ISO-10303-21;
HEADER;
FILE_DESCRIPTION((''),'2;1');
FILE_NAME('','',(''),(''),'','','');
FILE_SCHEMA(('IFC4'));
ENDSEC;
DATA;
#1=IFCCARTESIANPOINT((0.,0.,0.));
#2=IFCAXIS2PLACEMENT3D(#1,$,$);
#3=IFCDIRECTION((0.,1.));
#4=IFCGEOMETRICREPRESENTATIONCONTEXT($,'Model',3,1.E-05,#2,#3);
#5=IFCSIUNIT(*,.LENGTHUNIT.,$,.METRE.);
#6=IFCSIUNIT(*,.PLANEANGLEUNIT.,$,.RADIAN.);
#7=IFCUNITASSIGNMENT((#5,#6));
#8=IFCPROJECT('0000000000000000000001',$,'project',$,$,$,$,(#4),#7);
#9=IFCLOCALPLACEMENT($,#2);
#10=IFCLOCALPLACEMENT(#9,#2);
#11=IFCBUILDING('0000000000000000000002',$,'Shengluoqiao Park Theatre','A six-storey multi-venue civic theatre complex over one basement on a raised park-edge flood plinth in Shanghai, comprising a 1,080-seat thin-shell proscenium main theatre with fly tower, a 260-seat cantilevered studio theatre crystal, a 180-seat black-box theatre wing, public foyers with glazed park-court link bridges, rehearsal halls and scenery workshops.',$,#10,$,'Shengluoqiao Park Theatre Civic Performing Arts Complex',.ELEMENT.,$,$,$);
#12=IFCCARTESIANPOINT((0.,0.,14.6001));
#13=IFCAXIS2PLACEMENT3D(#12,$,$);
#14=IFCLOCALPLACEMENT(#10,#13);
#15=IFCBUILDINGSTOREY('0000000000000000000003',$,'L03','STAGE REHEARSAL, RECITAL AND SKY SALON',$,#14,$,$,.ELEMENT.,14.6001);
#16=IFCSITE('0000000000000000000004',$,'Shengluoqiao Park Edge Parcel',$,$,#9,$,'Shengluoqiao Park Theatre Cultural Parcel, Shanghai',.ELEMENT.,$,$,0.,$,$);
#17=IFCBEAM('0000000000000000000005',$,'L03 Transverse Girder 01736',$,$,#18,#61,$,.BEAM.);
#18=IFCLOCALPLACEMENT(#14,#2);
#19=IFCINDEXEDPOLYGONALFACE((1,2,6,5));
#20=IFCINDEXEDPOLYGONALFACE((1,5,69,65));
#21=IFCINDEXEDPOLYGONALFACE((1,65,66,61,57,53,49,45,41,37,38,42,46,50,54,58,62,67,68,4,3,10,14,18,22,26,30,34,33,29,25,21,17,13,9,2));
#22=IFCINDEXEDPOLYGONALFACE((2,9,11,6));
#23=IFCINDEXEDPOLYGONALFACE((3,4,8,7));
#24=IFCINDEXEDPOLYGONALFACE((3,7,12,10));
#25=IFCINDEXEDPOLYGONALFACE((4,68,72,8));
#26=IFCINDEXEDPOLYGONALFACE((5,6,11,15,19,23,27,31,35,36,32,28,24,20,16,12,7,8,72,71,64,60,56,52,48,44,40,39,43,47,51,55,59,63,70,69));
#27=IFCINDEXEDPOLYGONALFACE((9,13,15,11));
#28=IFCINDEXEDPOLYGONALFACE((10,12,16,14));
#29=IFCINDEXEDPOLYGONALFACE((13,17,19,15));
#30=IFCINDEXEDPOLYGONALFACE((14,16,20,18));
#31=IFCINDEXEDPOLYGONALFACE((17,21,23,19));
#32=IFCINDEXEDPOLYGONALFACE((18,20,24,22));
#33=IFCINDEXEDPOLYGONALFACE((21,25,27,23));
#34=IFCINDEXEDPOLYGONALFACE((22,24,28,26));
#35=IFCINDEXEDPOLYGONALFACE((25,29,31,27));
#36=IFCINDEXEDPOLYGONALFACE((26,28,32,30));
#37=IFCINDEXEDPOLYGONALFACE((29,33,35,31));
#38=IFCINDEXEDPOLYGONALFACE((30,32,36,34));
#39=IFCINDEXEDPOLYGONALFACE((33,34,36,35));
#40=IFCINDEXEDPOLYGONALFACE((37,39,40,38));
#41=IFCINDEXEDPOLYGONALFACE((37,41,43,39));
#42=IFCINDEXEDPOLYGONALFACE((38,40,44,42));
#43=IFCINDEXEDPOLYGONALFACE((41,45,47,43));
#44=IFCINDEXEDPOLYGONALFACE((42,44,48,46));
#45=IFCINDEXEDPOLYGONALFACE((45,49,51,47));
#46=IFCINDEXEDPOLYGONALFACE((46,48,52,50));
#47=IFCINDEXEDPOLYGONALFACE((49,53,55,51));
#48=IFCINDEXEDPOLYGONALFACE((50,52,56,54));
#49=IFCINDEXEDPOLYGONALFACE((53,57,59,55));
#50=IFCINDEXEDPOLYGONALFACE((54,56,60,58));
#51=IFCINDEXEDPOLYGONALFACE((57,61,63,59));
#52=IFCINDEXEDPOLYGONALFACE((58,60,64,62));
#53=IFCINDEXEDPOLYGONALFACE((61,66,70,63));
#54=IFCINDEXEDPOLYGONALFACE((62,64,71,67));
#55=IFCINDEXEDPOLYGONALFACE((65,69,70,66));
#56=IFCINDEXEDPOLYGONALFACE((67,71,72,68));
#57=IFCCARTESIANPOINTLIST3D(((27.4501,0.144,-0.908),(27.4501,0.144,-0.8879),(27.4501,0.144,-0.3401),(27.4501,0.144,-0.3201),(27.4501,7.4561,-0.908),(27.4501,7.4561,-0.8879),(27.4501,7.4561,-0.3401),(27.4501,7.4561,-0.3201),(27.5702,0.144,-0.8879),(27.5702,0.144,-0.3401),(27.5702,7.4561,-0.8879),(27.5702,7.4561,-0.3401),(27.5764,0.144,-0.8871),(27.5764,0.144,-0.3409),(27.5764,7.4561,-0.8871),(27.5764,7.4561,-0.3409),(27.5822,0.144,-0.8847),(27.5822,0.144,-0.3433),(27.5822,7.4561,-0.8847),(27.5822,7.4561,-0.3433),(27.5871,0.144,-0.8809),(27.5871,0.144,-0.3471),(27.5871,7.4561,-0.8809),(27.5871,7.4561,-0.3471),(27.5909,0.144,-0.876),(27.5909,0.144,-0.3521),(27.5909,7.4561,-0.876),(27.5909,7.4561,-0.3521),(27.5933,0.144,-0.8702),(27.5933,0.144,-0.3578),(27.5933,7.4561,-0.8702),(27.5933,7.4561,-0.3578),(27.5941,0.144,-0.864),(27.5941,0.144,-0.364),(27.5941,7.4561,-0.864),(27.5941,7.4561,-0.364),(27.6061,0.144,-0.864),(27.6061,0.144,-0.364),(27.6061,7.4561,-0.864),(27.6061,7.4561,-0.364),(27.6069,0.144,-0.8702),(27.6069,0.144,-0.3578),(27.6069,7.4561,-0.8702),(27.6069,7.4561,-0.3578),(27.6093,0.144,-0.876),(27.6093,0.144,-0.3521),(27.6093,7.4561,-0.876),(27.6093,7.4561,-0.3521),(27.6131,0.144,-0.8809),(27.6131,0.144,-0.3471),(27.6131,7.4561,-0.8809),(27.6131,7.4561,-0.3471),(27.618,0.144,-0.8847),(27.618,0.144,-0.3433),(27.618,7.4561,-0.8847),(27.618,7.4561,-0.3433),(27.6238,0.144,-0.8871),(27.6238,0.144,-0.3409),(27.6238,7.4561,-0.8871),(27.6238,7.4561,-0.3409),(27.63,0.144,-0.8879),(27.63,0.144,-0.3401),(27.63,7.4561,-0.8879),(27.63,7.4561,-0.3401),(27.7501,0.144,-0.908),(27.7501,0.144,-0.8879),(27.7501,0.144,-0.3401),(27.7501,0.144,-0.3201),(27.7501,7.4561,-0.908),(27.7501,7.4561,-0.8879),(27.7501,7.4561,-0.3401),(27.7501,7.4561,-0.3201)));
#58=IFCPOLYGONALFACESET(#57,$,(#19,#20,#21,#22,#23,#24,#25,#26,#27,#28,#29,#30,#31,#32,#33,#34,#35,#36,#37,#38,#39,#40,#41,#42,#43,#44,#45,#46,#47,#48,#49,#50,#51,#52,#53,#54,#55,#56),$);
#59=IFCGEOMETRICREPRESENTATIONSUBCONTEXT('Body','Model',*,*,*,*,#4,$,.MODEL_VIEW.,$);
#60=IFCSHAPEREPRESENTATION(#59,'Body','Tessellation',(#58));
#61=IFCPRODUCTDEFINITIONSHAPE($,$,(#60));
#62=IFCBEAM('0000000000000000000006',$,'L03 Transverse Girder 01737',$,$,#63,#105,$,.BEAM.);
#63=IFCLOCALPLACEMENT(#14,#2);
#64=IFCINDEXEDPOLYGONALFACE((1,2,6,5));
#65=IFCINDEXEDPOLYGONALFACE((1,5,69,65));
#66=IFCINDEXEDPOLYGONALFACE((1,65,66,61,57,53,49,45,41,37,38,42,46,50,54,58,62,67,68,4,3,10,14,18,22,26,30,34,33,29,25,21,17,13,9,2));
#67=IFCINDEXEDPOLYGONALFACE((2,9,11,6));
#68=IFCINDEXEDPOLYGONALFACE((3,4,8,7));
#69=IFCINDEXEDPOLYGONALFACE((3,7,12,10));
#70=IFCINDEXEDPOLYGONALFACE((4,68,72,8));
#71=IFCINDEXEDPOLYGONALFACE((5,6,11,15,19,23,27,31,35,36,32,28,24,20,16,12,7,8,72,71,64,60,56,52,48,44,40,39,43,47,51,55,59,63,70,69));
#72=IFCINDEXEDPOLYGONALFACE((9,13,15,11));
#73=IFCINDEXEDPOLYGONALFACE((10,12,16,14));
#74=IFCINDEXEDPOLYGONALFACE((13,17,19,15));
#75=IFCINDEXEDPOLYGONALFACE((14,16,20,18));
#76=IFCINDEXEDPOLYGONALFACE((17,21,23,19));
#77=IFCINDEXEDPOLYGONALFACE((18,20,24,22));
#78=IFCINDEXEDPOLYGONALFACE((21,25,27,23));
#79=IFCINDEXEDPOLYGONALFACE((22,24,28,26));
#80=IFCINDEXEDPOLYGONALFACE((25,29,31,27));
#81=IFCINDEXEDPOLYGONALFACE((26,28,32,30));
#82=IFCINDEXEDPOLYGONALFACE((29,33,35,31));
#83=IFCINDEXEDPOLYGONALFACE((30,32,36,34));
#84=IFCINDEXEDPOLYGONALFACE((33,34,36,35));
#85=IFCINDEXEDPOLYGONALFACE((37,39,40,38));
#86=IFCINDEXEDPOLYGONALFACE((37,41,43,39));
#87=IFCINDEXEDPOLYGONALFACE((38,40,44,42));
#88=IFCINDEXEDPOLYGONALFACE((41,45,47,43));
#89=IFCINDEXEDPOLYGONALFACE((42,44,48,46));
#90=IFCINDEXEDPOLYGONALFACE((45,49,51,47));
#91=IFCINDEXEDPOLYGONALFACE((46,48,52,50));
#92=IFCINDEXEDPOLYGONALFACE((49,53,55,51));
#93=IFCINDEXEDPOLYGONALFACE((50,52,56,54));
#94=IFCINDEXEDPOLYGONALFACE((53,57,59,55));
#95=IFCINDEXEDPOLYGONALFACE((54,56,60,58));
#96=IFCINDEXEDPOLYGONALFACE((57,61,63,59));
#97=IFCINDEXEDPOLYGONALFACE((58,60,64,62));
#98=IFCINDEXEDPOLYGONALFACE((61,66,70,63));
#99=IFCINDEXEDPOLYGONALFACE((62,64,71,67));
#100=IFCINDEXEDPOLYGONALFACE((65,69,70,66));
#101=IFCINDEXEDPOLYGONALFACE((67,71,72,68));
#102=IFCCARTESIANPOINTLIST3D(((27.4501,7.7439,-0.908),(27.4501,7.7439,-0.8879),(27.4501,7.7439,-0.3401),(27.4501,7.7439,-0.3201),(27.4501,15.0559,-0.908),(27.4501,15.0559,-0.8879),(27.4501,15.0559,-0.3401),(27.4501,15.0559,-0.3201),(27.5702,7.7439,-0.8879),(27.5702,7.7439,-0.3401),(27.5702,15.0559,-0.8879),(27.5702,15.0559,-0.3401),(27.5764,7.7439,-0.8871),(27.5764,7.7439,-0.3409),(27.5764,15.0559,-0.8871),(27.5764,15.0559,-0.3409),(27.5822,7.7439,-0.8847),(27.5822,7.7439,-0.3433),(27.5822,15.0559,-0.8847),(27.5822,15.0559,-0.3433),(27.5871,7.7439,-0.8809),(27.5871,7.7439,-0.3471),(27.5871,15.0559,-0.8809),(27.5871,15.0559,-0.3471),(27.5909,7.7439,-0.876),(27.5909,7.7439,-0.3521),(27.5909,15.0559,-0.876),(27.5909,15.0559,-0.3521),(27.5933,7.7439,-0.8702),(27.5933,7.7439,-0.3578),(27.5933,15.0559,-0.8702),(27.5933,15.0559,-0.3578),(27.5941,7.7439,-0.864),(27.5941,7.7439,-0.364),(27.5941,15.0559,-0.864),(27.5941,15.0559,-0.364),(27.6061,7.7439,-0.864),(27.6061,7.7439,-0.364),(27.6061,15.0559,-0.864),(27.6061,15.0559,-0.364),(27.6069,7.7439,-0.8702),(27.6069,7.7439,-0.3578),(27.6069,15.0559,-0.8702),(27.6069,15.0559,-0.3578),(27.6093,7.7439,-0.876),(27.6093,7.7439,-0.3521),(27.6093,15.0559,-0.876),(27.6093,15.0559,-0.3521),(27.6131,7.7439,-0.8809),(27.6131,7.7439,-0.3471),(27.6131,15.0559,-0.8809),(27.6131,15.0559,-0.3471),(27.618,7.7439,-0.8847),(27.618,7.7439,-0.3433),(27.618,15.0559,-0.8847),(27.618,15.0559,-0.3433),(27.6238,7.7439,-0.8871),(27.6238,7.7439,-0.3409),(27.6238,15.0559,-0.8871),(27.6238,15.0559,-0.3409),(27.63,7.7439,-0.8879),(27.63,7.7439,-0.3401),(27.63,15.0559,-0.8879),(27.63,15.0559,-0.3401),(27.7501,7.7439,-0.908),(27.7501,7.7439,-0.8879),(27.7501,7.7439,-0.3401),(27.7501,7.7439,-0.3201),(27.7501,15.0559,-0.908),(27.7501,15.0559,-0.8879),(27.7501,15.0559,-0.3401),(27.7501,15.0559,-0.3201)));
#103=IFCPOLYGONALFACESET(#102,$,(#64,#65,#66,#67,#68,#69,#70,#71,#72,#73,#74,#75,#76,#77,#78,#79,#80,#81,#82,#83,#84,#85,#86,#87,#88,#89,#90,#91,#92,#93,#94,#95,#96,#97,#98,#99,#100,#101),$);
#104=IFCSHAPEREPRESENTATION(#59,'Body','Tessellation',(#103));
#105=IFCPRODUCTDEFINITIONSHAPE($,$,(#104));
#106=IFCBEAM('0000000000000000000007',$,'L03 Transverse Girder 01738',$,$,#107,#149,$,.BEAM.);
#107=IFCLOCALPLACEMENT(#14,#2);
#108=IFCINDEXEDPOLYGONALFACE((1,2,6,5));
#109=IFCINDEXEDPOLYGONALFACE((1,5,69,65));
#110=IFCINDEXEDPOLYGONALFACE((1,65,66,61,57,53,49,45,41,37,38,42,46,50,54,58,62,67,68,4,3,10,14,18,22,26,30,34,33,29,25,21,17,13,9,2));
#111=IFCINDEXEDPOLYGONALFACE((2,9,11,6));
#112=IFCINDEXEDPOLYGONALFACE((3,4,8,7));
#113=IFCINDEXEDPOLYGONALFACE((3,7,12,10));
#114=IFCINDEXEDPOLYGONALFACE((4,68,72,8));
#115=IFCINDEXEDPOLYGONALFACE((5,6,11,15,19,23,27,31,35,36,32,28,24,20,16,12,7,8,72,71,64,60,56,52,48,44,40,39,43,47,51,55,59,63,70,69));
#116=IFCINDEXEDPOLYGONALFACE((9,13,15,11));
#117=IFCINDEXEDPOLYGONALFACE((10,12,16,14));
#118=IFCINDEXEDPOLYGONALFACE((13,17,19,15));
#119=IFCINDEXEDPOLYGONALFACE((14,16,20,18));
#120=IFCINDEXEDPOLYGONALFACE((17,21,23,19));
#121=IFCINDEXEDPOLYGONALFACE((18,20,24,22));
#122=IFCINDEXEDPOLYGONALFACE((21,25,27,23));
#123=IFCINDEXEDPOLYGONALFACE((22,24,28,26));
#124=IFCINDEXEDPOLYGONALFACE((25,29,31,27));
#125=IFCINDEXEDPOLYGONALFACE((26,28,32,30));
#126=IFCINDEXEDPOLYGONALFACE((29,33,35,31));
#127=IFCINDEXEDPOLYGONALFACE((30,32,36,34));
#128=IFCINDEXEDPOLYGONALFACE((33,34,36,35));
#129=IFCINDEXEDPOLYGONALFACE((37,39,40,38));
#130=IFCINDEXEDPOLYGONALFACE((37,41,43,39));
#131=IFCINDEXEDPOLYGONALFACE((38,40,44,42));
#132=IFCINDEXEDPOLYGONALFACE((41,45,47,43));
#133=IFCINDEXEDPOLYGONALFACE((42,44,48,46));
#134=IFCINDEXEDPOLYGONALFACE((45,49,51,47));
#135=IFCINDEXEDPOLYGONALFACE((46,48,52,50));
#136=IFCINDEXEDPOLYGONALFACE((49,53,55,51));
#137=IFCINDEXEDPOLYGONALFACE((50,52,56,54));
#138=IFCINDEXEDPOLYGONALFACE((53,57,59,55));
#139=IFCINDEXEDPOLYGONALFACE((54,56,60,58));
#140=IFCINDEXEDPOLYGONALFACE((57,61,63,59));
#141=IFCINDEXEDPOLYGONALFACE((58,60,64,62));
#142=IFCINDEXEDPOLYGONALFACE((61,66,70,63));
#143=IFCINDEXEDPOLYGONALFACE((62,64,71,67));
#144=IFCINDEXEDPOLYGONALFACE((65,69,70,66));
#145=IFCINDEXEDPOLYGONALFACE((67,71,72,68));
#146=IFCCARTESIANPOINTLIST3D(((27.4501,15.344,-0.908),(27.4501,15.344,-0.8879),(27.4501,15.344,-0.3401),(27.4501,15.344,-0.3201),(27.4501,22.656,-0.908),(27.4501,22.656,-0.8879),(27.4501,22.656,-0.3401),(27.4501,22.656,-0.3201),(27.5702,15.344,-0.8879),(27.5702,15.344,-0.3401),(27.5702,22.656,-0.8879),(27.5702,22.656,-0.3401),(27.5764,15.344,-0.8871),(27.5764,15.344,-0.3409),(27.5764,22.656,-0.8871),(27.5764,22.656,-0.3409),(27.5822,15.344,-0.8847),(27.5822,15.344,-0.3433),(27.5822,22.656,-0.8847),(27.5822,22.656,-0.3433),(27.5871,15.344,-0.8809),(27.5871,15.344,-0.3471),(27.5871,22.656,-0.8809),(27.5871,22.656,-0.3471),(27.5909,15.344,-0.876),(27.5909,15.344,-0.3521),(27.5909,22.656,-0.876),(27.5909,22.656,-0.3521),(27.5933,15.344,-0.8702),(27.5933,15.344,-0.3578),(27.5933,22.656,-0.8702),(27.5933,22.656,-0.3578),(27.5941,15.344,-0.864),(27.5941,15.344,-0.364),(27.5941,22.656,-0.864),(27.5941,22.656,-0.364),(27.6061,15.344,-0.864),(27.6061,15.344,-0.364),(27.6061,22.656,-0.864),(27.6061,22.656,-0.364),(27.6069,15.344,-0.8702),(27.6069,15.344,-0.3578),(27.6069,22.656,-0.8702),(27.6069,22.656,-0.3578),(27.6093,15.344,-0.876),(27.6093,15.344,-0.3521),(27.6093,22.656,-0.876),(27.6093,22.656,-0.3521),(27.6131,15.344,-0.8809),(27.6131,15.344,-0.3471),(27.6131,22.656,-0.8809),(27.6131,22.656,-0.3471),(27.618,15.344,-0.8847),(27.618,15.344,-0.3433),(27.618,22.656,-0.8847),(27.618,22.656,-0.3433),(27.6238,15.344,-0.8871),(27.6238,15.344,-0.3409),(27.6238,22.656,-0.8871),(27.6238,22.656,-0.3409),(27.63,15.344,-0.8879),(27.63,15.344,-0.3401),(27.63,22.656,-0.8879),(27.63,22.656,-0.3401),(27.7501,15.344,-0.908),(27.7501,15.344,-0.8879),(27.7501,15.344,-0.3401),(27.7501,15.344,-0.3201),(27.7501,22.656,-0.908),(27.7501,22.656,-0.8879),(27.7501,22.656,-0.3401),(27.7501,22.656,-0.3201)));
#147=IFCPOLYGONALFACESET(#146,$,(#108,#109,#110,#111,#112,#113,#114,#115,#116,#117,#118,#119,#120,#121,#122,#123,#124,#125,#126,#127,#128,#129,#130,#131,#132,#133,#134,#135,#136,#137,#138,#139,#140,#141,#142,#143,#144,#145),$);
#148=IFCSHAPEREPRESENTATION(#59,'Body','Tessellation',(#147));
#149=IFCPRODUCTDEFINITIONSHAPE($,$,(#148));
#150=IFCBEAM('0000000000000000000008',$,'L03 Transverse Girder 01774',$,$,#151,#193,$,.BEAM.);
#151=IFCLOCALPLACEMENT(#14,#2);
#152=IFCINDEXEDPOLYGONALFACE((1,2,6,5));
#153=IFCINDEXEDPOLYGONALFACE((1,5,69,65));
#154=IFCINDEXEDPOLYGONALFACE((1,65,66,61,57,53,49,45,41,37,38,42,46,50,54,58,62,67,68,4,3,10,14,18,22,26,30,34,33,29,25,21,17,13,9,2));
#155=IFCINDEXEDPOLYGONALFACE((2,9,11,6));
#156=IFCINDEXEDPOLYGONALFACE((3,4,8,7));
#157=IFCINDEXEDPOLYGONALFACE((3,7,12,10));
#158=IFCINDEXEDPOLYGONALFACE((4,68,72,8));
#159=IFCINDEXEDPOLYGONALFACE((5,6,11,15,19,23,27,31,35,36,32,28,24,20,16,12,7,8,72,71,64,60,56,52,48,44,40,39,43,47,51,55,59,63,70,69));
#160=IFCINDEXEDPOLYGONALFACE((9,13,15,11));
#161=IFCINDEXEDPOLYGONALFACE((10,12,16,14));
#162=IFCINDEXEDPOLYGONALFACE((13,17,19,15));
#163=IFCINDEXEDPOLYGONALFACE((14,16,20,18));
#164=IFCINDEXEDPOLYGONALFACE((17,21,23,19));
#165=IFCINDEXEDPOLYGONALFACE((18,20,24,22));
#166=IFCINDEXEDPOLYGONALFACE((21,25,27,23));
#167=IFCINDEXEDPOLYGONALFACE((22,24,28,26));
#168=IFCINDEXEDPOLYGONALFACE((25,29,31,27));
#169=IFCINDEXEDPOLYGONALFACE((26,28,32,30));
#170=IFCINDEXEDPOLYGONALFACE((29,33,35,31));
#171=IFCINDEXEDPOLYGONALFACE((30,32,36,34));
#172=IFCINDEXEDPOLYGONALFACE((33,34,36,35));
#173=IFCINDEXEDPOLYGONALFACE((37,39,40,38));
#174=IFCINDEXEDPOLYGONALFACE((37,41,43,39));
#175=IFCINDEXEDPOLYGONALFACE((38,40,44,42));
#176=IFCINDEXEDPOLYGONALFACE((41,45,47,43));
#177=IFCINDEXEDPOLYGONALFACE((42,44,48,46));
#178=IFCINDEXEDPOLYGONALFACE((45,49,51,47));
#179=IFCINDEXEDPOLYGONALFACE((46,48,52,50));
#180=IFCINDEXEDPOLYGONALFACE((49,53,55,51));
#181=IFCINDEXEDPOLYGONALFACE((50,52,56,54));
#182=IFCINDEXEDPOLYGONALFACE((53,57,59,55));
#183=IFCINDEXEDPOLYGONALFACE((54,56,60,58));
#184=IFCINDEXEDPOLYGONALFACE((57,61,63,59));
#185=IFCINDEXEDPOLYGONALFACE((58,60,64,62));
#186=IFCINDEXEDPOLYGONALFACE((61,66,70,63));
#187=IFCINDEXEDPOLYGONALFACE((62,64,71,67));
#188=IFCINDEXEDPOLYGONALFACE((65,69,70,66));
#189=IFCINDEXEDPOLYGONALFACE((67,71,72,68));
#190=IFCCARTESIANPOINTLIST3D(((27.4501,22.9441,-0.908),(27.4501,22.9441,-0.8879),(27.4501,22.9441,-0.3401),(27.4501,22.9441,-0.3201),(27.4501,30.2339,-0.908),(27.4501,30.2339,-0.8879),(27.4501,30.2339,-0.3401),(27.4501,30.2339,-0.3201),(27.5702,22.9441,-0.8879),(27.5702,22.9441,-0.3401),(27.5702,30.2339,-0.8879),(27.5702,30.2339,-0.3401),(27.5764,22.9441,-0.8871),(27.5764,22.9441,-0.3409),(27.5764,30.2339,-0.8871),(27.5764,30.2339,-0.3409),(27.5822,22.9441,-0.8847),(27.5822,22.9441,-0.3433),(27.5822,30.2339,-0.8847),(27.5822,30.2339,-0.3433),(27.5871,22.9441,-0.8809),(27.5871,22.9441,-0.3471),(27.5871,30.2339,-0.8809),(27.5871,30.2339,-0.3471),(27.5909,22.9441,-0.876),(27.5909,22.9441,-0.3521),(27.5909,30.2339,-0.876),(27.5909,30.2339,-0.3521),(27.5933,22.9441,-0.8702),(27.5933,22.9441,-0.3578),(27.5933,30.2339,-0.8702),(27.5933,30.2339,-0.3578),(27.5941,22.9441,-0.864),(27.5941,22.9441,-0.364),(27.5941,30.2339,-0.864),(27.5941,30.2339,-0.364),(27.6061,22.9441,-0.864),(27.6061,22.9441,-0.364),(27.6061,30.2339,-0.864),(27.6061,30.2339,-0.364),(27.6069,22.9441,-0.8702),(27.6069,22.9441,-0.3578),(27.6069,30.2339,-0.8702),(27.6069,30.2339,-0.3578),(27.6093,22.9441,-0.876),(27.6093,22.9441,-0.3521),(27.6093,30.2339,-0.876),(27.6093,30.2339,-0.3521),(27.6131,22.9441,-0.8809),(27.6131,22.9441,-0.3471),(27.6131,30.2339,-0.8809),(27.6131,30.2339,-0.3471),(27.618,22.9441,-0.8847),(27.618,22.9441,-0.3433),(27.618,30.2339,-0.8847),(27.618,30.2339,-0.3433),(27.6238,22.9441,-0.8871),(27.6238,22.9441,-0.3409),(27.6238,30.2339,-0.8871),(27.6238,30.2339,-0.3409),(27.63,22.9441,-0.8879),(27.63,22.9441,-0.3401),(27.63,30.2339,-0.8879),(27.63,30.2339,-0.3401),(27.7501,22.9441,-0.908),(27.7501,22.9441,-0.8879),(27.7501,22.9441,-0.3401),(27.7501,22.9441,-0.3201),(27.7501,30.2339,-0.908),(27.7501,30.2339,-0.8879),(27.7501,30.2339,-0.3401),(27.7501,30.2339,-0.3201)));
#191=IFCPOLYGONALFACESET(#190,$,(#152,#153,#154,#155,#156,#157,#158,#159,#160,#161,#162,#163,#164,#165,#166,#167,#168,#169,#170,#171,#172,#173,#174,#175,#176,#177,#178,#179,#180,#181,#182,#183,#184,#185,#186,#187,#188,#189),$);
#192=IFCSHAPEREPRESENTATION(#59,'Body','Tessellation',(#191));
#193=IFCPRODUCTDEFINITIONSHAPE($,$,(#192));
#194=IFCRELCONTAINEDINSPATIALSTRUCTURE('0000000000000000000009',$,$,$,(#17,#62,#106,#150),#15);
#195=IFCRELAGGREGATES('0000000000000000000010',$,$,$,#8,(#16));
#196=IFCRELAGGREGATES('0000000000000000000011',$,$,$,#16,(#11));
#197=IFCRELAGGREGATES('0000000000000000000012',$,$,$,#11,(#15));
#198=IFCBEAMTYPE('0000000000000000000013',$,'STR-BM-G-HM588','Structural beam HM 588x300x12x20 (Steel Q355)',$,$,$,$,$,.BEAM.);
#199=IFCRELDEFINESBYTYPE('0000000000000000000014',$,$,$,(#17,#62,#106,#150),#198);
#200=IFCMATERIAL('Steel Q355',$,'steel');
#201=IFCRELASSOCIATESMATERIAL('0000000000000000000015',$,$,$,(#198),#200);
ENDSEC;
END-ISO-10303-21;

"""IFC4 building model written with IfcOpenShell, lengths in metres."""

from ifc_helpers import new_model, si_unit, direction, frame, origin, origin_2d, place, context, subcontext, project, spatial, i_section, extrude, material, material_profile, profile_set, type_object, element, save


model = new_model("IFC4")

# Units and contexts
model_context = context("Model", 3, precision=1e-05, world=origin(), true_north=direction((0.0, 1.0)))
body_context = subcontext(model_context, "Body", "Model", "MODEL_VIEW")
ifc_project = project(units=[si_unit("LENGTHUNIT", "METRE"), si_unit("PLANEANGLEUNIT", "RADIAN")], contexts=[model_context])

# Site, building, storey
site_placement = place(None, origin())
site = spatial("IfcSite", under=ifc_project, at=site_placement, Name="Shengluoqiao Park Edge Parcel", LongName="Shengluoqiao Park Theatre Cultural Parcel, Shanghai", CompositionType="ELEMENT", RefElevation=0.0)
building_placement = place(site_placement, origin())
building = spatial("IfcBuilding", under=site, at=building_placement, Name="Shengluoqiao Park Theatre", Description="A six-storey multi-venue civic theatre complex over one basement on a raised park-edge flood plinth in Shanghai, comprising a 1,080-seat thin-shell proscenium main theatre with fly tower, a 260-seat cantilevered studio theatre crystal, a 180-seat black-box theatre wing, public foyers with glazed park-court link bridges, rehearsal halls and scenery workshops.", LongName="Shengluoqiao Park Theatre Civic Performing Arts Complex", CompositionType="ELEMENT")
storey_placement = place(building_placement, frame((0.0, 0.0, 14.6001)))
storey = spatial("IfcBuildingStorey", under=building, at=storey_placement, Name="L03", Description="STAGE REHEARSAL, RECITAL AND SKY SALON", CompositionType="ELEMENT", Elevation=14.6001)

# Beams
ifc_material_1 = material(Name="Steel Q355", Category="steel")
ifc_material_profile_1 = material_profile(ifc_material_1, i_section(OverallWidth=0.3, OverallDepth=0.5879, WebThickness=0.012, FlangeThickness=0.02, FilletRadius=0.0239, at=origin_2d()), Name="HM 588x300x12x20")
ifc_profile_set_1 = profile_set([ifc_material_profile_1], Name="Steel Q355")
beam_type_1 = type_object("IfcBeamType", Name="STR-BM-G-HM588", Description="Structural beam HM 588x300x12x20 (Steel Q355)", PredefinedType="BEAM", material=ifc_profile_set_1)
for number, where, z_axis, x_axis, name in (
    (1, (27.6001, 0.144, -0.614), (0.0, 1.0, 0.0), (-1.0, 0.0, 0.0), "L03 Transverse Girder 01736"),
    (2, (27.6001, 7.7439, -0.614), (0.0, 1.0, 0.0), (-1.0, 0.0, 0.0), "L03 Transverse Girder 01737"),
    (3, (27.6001, 15.344, -0.614), (0.0, 1.0, 0.0), (-1.0, 0.0, 0.0), "L03 Transverse Girder 01738"),
):
    element("IfcBeam", number, at=place(storey_placement, frame(where, z_axis=z_axis, x_axis=x_axis)), inside=storey, type_object=beam_type_1, Name=name, PredefinedType="BEAM", context=body_context, shape_type="SweptSolid", body=[
        extrude(i_section(OverallWidth=0.3, OverallDepth=0.5879, WebThickness=0.012, FlangeThickness=0.02, FilletRadius=0.0239, at=origin_2d()), origin(), (0.0, 0.0, 1.0), 7.312),
    ])
beam_placement = place(storey_placement, frame((27.6001, 22.9441, -0.614), z_axis=(0.0, 1.0, 0.0), x_axis=(-1.0, 0.0, 0.0)))
element("IfcBeam", 4, at=beam_placement, inside=storey, type_object=beam_type_1, Name="L03 Transverse Girder 01774", PredefinedType="BEAM", context=body_context, shape_type="SweptSolid", body=[
    extrude(i_section(OverallWidth=0.3, OverallDepth=0.5879, WebThickness=0.012, FlangeThickness=0.02, FilletRadius=0.0239, at=origin_2d()), origin(), (0.0, 0.0, 1.0), 7.2898),
])

save(model, "model.ifc")
